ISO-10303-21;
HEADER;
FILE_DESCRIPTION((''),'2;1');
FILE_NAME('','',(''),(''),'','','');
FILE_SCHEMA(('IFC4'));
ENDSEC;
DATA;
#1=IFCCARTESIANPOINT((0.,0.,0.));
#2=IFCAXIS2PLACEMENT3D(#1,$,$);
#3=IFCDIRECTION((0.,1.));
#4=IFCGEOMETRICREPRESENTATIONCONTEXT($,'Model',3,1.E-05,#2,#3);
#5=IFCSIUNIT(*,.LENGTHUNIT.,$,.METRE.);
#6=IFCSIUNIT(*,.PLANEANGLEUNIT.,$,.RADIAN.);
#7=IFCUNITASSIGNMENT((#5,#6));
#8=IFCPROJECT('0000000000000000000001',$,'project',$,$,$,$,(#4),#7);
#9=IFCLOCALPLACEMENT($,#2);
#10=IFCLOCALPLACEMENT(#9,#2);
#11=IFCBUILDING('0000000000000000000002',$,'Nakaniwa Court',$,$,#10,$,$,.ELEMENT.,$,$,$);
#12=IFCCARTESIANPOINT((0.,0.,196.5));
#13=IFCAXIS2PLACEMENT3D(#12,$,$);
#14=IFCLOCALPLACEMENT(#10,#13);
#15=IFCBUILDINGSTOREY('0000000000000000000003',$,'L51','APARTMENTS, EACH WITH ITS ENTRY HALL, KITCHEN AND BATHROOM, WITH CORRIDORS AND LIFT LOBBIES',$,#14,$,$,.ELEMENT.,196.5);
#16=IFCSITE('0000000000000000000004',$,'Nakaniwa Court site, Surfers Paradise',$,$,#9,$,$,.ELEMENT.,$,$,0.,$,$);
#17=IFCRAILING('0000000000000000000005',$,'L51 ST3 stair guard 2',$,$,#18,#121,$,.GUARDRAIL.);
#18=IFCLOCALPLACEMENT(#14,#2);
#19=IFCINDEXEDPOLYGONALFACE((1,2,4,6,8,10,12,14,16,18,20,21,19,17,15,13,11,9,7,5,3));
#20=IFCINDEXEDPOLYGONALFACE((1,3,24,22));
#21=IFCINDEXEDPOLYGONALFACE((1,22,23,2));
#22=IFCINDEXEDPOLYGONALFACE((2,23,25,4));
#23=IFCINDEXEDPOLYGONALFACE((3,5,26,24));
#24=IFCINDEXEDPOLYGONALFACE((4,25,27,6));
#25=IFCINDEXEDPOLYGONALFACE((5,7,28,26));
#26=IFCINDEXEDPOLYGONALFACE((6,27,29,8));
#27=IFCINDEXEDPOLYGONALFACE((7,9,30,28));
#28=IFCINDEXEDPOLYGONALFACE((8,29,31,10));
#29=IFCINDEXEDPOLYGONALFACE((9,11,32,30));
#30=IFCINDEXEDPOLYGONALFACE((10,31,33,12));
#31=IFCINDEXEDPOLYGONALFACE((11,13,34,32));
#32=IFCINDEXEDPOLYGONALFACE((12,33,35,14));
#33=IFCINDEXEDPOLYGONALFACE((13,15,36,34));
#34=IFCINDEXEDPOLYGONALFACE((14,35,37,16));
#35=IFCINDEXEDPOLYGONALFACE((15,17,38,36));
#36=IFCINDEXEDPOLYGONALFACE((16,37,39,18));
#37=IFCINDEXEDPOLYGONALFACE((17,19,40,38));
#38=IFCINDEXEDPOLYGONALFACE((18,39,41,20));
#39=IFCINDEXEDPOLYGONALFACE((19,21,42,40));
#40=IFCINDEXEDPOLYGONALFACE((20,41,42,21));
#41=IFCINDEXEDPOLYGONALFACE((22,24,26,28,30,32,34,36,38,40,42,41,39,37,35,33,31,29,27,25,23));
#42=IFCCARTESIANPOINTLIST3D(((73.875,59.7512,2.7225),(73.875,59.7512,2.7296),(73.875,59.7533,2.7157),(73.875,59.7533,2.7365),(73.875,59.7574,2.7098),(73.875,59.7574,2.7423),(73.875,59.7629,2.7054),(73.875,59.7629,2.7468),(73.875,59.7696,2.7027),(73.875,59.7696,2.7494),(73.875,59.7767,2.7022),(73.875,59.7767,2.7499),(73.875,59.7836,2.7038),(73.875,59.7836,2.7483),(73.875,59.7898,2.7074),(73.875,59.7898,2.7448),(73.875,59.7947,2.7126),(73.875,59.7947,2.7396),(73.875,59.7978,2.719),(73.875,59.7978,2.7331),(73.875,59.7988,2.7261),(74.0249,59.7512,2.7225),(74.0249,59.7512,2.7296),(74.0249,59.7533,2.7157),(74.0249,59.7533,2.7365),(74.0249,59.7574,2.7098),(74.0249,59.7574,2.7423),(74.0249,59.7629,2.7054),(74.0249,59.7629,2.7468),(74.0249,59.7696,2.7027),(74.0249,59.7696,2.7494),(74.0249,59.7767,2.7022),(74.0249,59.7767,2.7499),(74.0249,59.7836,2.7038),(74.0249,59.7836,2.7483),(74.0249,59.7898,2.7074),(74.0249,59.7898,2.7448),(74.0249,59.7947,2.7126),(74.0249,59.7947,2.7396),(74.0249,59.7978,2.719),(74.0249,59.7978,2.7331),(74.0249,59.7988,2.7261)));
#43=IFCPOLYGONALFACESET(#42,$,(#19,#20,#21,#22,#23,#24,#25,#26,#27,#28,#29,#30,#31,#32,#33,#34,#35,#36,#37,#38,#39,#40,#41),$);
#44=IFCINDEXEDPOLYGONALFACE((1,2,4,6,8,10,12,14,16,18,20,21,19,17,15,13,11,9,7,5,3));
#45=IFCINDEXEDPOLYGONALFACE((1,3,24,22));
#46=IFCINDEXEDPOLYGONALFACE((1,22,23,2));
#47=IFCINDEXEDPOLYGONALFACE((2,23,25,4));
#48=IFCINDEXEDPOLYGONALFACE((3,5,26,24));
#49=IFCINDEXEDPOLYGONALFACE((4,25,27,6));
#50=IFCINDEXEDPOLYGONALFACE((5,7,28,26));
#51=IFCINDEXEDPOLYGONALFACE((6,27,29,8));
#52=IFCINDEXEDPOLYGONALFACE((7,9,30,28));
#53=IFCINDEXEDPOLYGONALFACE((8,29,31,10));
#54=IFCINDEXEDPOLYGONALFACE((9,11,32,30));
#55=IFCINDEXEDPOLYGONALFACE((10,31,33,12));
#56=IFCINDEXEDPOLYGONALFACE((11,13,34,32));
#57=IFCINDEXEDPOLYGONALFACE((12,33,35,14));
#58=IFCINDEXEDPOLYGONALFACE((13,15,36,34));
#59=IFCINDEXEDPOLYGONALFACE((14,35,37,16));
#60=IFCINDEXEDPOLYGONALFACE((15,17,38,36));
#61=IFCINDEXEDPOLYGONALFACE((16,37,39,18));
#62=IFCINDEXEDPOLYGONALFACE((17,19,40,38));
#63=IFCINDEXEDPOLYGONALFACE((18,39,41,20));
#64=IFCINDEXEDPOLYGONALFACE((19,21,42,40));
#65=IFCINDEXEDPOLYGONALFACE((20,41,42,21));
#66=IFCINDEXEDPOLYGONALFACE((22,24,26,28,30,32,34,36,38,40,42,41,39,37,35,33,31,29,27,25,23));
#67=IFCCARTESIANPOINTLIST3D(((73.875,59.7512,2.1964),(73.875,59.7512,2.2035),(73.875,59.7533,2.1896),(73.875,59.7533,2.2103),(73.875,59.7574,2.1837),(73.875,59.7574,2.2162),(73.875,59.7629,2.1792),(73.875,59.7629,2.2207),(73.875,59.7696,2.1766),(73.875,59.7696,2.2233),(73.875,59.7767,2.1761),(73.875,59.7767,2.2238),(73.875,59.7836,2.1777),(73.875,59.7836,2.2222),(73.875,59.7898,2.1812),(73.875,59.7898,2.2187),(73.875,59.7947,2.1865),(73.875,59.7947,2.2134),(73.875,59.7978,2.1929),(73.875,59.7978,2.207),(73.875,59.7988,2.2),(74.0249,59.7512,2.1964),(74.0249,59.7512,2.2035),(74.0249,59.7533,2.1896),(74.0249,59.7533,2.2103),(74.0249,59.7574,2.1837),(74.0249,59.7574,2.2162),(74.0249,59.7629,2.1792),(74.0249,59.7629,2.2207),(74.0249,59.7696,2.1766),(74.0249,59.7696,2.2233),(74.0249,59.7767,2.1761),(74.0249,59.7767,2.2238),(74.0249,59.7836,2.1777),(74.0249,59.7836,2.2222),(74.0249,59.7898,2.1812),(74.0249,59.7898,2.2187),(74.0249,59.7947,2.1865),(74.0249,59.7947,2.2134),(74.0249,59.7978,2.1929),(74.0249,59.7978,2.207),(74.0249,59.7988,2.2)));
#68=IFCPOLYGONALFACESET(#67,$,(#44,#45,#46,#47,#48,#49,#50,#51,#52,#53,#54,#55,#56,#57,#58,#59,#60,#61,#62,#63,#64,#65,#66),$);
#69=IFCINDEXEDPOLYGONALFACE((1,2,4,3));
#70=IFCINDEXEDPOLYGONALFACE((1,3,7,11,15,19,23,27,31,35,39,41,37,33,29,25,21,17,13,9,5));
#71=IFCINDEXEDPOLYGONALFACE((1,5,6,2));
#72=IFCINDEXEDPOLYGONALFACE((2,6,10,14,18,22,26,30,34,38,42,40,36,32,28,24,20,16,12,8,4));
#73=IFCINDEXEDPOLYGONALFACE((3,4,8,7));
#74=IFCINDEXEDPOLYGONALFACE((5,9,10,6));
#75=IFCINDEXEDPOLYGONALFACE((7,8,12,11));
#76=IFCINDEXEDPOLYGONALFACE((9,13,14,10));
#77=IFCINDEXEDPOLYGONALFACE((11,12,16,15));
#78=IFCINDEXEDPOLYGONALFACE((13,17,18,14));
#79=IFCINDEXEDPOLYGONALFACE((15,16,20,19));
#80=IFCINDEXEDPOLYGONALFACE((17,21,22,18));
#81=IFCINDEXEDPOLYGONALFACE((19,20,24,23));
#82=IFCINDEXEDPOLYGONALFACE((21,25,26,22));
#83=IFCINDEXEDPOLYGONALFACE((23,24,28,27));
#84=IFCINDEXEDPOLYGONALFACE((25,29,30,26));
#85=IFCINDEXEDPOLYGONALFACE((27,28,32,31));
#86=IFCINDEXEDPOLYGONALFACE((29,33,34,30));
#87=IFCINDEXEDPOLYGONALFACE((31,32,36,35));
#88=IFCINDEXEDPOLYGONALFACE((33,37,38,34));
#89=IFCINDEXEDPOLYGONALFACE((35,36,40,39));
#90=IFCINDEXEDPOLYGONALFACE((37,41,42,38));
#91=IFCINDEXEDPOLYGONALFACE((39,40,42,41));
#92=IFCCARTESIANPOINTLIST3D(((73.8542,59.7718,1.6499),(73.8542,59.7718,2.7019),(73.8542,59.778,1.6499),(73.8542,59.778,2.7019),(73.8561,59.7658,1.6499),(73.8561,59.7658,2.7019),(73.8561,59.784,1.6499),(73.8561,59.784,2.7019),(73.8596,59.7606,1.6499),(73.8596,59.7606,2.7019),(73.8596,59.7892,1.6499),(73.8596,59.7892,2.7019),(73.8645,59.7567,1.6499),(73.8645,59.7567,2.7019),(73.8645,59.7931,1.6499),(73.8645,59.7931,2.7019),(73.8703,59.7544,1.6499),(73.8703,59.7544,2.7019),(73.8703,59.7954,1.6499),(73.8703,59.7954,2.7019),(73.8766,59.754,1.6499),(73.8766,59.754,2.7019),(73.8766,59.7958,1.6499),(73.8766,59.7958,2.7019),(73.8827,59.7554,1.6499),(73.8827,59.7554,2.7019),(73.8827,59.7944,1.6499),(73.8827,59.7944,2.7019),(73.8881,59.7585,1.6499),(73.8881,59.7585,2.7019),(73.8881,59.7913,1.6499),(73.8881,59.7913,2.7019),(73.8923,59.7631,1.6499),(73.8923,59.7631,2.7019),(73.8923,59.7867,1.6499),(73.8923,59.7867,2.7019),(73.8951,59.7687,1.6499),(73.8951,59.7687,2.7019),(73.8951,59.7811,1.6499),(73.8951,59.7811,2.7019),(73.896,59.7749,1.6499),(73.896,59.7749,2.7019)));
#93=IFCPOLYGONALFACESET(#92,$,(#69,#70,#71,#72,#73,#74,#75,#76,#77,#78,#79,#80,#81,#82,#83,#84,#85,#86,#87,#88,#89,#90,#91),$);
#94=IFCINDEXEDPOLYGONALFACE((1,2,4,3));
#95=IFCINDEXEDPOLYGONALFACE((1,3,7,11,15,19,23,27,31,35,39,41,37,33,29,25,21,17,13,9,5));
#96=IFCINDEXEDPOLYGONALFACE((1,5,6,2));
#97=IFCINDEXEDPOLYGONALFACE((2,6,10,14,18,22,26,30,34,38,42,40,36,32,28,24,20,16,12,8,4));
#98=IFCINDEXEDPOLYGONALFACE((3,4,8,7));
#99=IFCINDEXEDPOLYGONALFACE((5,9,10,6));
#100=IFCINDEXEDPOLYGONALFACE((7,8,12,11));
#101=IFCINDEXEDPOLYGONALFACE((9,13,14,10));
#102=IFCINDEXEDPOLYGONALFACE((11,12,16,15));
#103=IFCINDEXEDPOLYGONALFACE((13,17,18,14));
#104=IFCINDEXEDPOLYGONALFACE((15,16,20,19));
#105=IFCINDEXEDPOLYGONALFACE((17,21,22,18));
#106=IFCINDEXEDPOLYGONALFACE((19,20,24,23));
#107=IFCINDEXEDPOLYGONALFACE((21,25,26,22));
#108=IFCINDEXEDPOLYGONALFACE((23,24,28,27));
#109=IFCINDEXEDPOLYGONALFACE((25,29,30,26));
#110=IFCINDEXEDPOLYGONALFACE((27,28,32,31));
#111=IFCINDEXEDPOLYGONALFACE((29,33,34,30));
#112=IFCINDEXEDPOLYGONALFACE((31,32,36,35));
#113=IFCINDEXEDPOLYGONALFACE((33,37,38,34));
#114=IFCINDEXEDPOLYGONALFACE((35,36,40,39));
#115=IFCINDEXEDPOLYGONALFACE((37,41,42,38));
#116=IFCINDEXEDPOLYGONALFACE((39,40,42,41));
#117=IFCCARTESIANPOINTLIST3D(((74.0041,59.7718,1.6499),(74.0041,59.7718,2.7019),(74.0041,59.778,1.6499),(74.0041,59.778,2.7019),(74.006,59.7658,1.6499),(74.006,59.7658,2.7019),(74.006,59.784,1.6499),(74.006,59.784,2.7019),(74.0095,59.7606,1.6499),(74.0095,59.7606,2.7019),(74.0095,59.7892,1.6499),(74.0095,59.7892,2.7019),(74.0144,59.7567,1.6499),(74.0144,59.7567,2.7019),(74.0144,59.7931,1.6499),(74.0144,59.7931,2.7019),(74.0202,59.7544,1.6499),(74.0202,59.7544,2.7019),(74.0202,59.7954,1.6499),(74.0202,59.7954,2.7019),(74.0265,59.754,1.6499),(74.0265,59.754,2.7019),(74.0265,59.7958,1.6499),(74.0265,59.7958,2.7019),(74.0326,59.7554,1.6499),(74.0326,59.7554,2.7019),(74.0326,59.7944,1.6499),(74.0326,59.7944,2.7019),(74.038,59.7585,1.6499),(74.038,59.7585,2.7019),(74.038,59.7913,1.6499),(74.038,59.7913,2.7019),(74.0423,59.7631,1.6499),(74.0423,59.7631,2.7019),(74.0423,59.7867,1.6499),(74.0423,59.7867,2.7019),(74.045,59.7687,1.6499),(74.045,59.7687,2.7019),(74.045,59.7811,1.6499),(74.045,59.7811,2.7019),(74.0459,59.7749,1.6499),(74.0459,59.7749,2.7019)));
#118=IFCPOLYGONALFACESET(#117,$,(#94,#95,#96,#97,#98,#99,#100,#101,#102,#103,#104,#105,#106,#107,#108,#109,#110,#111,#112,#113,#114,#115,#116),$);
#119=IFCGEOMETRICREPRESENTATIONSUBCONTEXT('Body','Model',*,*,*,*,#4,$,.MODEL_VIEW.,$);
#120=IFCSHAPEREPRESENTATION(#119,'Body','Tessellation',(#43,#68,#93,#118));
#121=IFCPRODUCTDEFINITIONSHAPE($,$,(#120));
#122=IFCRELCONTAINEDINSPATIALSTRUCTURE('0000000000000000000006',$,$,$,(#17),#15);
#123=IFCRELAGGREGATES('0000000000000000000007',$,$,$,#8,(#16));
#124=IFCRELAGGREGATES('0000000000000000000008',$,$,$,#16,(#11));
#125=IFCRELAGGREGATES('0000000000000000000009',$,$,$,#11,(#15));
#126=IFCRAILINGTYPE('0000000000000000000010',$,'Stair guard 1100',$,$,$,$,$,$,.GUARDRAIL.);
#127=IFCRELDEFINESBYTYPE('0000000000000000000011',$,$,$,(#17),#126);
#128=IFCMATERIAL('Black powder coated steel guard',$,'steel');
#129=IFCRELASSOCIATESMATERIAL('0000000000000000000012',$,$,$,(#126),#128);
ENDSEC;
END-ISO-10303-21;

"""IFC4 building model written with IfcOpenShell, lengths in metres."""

from ifc_helpers import new_model, si_unit, direction, frame, origin, origin_2d, place, context, subcontext, project, spatial, circle, extrude, material, type_object, element, save


model = new_model("IFC4")

# Units and contexts
model_context = context("Model", 3, precision=1e-05, world=origin(), true_north=direction((0.0, 1.0)))
body_context = subcontext(model_context, "Body", "Model", "MODEL_VIEW")
ifc_project = project(units=[si_unit("LENGTHUNIT", "METRE"), si_unit("PLANEANGLEUNIT", "RADIAN")], contexts=[model_context])

# Site, building, storey
site_placement = place(None, origin())
site = spatial("IfcSite", under=ifc_project, at=site_placement, Name="Nakaniwa Court site, Surfers Paradise", CompositionType="ELEMENT", RefElevation=0.0)
building_placement = place(site_placement, origin())
building = spatial("IfcBuilding", under=site, at=building_placement, Name="Nakaniwa Court", CompositionType="ELEMENT")
storey_placement = place(building_placement, frame((0.0, 0.0, 196.5)))
storey = spatial("IfcBuildingStorey", under=building, at=storey_placement, Name="L51", Description="APARTMENTS, EACH WITH ITS ENTRY HALL, KITCHEN AND BATHROOM, WITH CORRIDORS AND LIFT LOBBIES", CompositionType="ELEMENT", Elevation=196.5)

# Railing
ifc_material_1 = material(Name="Black powder coated steel guard", Category="steel")
railing_type_1 = type_object("IfcRailingType", Name="Stair guard 1100", PredefinedType="GUARDRAIL", material=ifc_material_1)
railing_1_placement = place(storey_placement, frame((73.875, 59.7749, 1.6499)))
element("IfcRailing", 1, at=railing_1_placement, inside=storey, type_object=railing_type_1, Name="L51 ST3 stair guard 2", PredefinedType="GUARDRAIL", context=body_context, shape_type="SweptSolid", body=[
    extrude(circle(Radius=0.0239, at=origin_2d()), frame((0.0, 0.0, 1.0762), z_axis=(1.0, 0.0, 0.0), x_axis=(0.0, 1.0, 0.0)), (0.0, 0.0, 1.0), 0.1499),
    extrude(circle(Radius=0.0239, at=origin_2d()), frame((0.0, 0.0, 0.55), z_axis=(1.0, 0.0, 0.0), x_axis=(0.0, 1.0, 0.0)), (0.0, 0.0, 1.0), 0.1499),
    extrude(circle(Radius=0.021, at=origin_2d()), origin(), (0.0, 0.0, 1.0), 1.052),
    extrude(circle(Radius=0.021, at=origin_2d()), frame((0.1499, 0.0, 0.0)), (0.0, 0.0, 1.0), 1.052),
])

save(model, "model.ifc")
